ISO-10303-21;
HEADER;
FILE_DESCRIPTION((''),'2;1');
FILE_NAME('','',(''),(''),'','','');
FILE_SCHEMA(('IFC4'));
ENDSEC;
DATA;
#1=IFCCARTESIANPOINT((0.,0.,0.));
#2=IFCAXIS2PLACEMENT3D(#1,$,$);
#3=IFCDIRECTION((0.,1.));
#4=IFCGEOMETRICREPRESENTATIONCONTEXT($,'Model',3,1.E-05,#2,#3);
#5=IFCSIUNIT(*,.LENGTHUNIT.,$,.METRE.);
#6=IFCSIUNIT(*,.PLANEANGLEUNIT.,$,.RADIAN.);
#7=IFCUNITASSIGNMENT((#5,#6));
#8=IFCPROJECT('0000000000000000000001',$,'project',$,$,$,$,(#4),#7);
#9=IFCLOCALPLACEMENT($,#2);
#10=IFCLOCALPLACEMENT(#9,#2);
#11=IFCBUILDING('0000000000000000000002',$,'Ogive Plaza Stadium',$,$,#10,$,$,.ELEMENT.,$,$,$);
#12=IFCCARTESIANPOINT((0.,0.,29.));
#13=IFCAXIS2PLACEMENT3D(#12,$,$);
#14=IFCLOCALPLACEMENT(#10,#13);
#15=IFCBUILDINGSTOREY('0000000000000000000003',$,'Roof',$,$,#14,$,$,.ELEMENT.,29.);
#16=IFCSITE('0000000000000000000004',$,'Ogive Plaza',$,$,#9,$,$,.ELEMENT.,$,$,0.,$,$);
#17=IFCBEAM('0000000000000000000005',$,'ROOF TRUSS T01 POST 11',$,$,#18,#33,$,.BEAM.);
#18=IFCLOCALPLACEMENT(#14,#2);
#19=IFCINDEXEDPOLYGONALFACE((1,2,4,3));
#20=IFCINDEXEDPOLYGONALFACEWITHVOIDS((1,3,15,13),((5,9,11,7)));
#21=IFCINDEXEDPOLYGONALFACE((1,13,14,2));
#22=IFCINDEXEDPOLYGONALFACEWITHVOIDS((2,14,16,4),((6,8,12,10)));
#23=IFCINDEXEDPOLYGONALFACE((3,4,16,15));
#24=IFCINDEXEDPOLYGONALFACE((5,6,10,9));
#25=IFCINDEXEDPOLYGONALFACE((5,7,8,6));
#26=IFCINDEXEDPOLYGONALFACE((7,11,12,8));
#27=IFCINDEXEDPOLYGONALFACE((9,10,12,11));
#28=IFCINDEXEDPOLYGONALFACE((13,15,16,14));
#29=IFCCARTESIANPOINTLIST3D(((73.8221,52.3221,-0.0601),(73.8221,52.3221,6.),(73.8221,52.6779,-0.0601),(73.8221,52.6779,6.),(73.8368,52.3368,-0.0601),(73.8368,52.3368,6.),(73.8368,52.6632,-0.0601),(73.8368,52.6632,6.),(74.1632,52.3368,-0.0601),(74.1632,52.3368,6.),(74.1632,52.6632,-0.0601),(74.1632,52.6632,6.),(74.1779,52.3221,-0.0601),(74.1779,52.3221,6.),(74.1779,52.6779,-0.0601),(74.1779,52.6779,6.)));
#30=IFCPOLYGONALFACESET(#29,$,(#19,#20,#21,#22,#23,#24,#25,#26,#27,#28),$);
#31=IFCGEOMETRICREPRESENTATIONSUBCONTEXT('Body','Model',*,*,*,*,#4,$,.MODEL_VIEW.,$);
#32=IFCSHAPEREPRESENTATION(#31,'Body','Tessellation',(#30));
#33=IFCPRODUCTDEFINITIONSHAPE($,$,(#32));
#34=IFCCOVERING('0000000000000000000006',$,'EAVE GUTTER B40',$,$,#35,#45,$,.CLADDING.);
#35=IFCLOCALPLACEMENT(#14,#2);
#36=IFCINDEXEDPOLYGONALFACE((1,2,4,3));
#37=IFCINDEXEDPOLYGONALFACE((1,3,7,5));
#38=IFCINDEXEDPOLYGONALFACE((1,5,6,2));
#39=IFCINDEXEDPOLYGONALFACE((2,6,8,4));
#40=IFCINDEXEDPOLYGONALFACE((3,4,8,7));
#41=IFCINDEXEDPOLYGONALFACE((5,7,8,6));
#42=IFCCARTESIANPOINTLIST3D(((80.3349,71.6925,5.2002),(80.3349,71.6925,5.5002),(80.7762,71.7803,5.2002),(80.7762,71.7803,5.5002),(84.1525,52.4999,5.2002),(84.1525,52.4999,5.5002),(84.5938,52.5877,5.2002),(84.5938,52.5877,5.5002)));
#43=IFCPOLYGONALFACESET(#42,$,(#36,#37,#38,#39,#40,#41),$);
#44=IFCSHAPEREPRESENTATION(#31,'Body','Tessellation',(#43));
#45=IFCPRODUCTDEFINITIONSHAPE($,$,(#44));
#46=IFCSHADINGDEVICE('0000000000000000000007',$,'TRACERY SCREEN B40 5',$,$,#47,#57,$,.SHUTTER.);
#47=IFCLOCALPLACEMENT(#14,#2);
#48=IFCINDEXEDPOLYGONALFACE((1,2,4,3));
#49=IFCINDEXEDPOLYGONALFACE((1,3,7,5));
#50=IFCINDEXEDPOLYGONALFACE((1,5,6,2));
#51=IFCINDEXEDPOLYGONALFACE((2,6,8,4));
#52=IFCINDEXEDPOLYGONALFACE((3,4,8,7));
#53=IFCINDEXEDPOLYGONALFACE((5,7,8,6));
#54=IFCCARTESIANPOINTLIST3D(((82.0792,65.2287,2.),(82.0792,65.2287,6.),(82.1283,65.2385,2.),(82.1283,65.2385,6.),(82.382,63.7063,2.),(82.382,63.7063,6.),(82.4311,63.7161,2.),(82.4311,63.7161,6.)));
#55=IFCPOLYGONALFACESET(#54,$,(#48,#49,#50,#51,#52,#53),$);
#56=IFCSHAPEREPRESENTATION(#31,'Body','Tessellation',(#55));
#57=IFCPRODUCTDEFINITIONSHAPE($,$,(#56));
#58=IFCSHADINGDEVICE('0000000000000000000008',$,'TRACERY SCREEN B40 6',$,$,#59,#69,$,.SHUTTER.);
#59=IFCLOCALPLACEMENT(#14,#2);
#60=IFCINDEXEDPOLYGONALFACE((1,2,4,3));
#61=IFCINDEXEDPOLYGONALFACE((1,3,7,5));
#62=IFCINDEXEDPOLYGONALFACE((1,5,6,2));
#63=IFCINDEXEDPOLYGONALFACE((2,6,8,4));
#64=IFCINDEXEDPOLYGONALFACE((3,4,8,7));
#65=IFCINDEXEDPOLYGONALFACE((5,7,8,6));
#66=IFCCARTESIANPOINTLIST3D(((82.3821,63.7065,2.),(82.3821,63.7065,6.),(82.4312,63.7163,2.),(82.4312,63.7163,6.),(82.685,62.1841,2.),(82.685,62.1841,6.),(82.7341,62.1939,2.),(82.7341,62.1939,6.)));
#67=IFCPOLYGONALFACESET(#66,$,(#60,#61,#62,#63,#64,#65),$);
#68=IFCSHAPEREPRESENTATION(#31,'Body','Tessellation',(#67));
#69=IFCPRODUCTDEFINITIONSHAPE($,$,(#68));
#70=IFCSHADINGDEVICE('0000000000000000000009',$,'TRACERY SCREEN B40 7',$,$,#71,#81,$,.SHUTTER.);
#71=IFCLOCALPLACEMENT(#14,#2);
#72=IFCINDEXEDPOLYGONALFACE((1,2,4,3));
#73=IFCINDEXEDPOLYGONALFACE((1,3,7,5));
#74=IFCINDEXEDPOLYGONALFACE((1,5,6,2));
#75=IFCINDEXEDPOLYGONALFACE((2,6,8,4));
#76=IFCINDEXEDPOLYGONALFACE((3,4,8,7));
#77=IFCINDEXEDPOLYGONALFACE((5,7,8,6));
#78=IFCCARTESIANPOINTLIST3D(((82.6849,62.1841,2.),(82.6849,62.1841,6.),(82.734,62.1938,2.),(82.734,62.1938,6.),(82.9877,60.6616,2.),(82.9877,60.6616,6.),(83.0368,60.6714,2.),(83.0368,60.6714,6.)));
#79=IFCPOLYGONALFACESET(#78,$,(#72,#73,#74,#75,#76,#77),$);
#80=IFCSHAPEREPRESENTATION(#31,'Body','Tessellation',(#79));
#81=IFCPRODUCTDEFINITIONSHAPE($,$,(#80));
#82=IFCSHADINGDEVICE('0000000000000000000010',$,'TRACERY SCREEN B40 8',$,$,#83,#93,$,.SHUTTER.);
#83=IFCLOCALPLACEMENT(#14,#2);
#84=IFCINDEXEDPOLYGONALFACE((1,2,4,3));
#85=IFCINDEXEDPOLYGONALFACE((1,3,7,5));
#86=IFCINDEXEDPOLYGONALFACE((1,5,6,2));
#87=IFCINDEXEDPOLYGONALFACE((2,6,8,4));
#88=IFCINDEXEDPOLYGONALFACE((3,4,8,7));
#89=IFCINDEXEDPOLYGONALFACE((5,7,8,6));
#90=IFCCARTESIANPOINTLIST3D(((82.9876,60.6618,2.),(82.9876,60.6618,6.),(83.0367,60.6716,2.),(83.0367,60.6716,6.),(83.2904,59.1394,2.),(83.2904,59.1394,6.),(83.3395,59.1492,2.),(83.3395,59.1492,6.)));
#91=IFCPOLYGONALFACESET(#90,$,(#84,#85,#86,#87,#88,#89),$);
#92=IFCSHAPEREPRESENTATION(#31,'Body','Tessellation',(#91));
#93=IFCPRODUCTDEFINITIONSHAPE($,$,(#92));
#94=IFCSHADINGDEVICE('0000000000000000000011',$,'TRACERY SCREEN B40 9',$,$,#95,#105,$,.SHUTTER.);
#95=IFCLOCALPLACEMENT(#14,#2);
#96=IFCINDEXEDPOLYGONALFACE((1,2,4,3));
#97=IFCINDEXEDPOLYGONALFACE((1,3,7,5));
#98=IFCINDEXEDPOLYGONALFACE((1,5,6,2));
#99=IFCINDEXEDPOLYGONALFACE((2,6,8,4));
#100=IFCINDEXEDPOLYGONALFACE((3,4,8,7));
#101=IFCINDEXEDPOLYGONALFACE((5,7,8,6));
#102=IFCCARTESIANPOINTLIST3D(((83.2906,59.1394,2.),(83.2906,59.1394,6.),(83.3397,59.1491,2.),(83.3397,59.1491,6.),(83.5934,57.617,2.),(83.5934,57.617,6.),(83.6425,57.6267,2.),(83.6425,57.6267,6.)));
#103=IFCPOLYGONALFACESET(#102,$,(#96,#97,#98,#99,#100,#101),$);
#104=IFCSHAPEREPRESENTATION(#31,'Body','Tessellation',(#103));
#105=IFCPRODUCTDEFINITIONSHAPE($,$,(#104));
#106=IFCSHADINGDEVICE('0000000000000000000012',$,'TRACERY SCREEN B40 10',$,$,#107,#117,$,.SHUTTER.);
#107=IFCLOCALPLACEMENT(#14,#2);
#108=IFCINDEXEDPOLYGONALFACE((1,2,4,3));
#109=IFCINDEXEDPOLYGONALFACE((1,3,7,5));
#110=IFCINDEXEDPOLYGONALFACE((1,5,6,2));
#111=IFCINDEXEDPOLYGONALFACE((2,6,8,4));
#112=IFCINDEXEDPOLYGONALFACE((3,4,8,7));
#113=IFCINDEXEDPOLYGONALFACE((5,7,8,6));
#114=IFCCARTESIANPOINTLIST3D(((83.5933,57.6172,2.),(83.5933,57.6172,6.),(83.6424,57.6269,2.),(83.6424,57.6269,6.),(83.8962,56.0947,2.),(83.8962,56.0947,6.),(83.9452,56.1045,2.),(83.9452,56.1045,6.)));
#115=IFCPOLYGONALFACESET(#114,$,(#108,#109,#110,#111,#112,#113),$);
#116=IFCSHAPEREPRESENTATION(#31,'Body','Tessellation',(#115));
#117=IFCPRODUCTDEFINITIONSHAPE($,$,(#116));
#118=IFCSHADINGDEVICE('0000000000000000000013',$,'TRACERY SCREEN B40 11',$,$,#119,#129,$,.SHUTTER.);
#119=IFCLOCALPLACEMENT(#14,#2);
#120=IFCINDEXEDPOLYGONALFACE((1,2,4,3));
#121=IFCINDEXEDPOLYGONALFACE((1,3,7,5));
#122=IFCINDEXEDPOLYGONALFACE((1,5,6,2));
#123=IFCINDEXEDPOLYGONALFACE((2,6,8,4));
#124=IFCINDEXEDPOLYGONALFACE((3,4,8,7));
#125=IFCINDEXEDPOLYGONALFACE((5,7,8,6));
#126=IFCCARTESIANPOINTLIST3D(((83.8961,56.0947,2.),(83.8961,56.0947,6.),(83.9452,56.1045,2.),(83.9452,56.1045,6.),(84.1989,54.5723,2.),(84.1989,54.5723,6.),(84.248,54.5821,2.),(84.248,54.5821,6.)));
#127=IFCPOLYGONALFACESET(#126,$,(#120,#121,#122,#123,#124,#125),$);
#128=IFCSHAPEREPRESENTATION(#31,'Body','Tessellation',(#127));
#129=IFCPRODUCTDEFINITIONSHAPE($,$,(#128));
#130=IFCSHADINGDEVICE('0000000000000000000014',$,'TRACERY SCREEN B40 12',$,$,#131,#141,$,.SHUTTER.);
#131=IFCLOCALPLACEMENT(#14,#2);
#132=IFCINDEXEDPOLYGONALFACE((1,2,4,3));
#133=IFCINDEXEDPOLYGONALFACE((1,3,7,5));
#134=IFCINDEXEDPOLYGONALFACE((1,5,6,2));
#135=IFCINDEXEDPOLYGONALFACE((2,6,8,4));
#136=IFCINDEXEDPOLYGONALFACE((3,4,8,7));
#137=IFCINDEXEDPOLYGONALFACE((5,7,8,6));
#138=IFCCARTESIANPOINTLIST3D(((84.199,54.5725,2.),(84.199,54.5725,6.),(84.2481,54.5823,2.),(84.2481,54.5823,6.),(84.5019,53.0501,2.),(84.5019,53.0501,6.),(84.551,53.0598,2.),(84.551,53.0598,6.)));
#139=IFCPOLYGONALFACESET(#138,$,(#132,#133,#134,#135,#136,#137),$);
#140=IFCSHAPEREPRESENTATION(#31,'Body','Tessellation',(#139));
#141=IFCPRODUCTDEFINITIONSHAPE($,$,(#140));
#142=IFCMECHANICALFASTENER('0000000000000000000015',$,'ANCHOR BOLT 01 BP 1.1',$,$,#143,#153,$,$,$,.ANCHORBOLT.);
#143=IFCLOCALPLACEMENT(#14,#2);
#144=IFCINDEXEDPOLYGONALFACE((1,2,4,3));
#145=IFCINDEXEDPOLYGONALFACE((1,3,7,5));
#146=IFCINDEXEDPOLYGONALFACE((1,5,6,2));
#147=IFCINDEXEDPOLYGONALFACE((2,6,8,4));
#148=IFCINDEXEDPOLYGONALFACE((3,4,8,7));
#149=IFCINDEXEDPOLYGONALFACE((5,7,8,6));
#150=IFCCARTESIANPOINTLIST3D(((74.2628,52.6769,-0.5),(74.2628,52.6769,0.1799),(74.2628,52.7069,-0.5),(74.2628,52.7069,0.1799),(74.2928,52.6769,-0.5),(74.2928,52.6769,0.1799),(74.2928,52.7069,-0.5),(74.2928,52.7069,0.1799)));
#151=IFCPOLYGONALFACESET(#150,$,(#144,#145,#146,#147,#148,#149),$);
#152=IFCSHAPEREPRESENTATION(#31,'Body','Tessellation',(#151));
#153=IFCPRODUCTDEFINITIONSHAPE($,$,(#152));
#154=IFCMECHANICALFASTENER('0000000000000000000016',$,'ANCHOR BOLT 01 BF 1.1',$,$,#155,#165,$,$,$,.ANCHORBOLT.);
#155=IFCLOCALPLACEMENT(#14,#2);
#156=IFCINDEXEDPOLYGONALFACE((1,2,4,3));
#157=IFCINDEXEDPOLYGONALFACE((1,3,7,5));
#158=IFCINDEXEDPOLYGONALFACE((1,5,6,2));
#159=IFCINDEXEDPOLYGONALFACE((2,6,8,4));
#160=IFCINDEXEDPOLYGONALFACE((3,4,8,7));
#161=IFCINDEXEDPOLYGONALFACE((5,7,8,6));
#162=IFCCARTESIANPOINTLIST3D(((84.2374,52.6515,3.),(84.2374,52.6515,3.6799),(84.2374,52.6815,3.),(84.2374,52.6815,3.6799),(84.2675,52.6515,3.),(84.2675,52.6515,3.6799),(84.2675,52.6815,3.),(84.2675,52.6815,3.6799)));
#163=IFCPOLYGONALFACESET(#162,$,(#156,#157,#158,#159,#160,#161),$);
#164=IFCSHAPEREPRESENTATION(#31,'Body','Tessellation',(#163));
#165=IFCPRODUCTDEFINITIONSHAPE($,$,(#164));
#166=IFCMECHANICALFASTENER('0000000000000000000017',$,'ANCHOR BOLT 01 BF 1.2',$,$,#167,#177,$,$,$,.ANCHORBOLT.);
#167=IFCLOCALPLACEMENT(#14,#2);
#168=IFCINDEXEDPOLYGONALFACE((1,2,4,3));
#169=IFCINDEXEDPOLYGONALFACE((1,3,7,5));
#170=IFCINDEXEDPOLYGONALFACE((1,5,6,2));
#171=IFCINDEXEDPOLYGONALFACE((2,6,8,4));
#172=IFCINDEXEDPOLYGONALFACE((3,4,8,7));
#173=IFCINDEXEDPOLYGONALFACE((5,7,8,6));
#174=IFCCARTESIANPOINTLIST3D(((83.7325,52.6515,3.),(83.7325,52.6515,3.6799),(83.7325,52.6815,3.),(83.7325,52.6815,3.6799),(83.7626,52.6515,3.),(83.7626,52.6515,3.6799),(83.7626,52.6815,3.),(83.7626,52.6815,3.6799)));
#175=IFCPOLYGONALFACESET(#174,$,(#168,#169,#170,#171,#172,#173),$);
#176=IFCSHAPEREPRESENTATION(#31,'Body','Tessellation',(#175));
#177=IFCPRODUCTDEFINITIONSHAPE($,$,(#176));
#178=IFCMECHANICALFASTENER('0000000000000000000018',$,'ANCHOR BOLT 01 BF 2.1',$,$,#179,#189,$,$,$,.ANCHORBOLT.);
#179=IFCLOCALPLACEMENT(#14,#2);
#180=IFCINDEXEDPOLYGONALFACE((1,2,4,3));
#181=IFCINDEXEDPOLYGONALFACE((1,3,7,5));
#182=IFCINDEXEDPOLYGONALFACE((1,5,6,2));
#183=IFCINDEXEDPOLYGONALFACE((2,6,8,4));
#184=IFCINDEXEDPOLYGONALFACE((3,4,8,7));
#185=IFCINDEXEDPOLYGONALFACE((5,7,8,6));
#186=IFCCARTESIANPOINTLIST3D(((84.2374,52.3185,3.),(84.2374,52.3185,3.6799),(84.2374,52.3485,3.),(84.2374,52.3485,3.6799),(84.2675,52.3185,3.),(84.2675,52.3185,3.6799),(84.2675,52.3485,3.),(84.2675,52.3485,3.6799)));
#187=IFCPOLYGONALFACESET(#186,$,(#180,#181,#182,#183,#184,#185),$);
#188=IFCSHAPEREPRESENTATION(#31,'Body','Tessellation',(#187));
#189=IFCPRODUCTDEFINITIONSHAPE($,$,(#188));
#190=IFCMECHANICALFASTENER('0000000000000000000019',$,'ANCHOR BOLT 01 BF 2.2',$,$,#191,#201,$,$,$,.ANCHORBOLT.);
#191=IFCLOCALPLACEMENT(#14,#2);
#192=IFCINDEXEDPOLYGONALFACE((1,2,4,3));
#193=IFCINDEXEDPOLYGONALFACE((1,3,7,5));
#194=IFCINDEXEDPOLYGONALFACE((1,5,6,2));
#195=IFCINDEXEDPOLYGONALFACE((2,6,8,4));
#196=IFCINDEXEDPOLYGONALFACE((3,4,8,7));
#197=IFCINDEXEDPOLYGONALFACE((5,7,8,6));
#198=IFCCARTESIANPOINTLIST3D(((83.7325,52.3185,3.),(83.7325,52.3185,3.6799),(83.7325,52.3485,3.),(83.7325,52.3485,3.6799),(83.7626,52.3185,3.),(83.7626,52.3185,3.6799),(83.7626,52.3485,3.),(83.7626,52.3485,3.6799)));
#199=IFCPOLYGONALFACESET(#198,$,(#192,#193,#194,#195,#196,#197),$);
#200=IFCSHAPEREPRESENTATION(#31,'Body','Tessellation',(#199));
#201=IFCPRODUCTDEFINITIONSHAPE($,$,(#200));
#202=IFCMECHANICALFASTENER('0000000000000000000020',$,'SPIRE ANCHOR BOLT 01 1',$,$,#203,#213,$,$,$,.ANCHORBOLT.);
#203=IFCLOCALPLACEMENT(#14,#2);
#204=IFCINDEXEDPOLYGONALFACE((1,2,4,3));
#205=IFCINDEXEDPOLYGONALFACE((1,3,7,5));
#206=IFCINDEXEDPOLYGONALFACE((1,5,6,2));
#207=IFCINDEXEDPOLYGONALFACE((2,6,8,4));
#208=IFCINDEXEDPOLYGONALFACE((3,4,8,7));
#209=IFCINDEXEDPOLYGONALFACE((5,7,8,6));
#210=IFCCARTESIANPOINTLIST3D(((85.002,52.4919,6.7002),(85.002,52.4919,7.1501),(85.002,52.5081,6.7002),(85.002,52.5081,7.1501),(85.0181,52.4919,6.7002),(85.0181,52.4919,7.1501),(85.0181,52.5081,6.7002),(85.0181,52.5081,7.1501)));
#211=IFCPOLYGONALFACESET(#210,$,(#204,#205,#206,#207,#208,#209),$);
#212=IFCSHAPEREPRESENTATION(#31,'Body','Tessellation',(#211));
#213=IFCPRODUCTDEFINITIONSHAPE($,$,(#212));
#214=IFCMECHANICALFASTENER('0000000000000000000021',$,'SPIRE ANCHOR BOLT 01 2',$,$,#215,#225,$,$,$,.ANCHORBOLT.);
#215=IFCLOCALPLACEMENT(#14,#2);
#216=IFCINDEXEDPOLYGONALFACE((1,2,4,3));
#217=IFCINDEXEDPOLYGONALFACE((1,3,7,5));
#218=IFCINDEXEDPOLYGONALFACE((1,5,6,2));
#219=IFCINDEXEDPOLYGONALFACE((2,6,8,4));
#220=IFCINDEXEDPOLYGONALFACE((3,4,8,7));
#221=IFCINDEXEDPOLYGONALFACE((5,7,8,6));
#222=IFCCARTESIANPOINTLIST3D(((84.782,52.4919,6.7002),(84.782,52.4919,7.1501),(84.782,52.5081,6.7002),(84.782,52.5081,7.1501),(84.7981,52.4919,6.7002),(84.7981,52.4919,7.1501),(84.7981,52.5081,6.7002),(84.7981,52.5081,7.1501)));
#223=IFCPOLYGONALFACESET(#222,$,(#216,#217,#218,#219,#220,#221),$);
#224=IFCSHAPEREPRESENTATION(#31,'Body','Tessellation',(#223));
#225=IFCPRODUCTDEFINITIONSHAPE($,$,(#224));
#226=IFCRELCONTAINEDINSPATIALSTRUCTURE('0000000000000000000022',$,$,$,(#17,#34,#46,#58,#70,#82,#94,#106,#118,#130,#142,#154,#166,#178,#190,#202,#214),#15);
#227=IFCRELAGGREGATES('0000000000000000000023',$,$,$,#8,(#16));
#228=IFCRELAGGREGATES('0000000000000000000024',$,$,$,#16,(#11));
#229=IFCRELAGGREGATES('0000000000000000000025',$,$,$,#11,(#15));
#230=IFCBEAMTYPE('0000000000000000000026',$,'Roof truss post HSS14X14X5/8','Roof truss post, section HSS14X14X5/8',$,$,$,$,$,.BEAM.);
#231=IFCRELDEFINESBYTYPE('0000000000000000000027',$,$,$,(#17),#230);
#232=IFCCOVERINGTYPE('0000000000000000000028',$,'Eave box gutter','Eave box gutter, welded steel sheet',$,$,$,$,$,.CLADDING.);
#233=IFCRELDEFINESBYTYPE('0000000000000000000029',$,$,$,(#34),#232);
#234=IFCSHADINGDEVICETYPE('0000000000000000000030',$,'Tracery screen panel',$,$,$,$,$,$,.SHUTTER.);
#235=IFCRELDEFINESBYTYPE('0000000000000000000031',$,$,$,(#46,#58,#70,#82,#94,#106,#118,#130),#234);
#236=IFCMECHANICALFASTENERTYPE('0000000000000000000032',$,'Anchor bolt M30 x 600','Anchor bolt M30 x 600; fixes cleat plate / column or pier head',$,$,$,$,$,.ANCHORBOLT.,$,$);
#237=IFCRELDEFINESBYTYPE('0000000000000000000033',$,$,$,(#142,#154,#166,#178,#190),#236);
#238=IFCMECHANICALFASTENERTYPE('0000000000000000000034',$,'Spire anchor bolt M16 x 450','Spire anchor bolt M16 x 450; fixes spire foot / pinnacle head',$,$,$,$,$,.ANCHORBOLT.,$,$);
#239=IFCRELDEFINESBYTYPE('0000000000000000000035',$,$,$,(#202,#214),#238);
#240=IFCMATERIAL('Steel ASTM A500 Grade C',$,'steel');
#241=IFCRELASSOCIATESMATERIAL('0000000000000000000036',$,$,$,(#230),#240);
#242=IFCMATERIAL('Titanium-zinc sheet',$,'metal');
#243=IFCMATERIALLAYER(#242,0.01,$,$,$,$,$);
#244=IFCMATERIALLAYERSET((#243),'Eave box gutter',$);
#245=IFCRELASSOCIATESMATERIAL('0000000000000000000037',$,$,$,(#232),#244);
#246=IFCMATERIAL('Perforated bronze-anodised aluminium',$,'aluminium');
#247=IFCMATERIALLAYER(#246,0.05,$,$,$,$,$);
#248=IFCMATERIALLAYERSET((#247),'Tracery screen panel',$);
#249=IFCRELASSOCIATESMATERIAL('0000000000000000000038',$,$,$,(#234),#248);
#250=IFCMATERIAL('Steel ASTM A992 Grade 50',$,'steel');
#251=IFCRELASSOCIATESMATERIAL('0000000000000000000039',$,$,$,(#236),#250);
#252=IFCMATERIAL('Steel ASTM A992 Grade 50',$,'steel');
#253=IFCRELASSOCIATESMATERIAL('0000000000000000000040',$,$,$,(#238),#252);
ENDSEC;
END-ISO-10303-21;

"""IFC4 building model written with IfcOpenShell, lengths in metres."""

from ifc_helpers import new_model, si_unit, direction, frame, origin, origin_2d, place, context, subcontext, project, spatial, rectangle, hollow_rectangle, extrude, material, layer, layer_set, material_profile, profile_set, type_object, element, save


model = new_model("IFC4")

# Units and contexts
model_context = context("Model", 3, precision=1e-05, world=origin(), true_north=direction((0.0, 1.0)))
body_context = subcontext(model_context, "Body", "Model", "MODEL_VIEW")
ifc_project = project(units=[si_unit("LENGTHUNIT", "METRE"), si_unit("PLANEANGLEUNIT", "RADIAN")], contexts=[model_context])

# Site, building, storey
site_placement = place(None, origin())
site = spatial("IfcSite", under=ifc_project, at=site_placement, Name="Ogive Plaza", CompositionType="ELEMENT", RefElevation=0.0)
building_placement = place(site_placement, origin())
building = spatial("IfcBuilding", under=site, at=building_placement, Name="Ogive Plaza Stadium", CompositionType="ELEMENT")
storey_placement = place(building_placement, frame((0.0, 0.0, 29.0)))
storey = spatial("IfcBuildingStorey", under=building, at=storey_placement, Name="Roof", CompositionType="ELEMENT", Elevation=29.0)

# Beam
ifc_material_1 = material(Name="Steel ASTM A500 Grade C", Category="steel")
ifc_material_profile_1 = material_profile(ifc_material_1, hollow_rectangle(XDim=0.3557, YDim=0.3557, WallThickness=0.0146, at=origin_2d()), Name="HSS14X14X5/8")
ifc_profile_set_1 = profile_set([ifc_material_profile_1], Name="Steel ASTM A500 Grade C")
beam_type_1 = type_object("IfcBeamType", Name="Roof truss post HSS14X14X5/8", Description="Roof truss post, section HSS14X14X5/8", PredefinedType="BEAM", material=ifc_profile_set_1)
beam_1_placement = place(storey_placement, frame((74.0, 52.5, -0.0601), z_axis=(0.0, 0.0, 1.0), x_axis=(0.0, 1.0, 0.0)))
element("IfcBeam", 1, at=beam_1_placement, inside=storey, type_object=beam_type_1, Name="ROOF TRUSS T01 POST 11", PredefinedType="BEAM", context=body_context, shape_type="SweptSolid", body=[
    extrude(hollow_rectangle(XDim=0.3557, YDim=0.3557, WallThickness=0.0146, at=origin_2d()), origin(), (0.0, 0.0, 1.0), 6.0601),
])

# Covering
ifc_material_2 = material(Name="Titanium-zinc sheet", Category="metal")
ifc_layer_1 = layer(ifc_material_2, 0.01)
ifc_layer_set_1 = layer_set([ifc_layer_1], Name="Eave box gutter")
covering_type = type_object("IfcCoveringType", Name="Eave box gutter", Description="Eave box gutter, welded steel sheet", PredefinedType="CLADDING", material=ifc_layer_set_1)
covering_placement = place(storey_placement, frame((82.4644, 62.1401, 5.2002), z_axis=(0.0, 0.0, 1.0), x_axis=(0.19509, -0.980785, 0.0)))
element("IfcCovering", 2, at=covering_placement, inside=storey, type_object=covering_type, Name="EAVE GUTTER B40", PredefinedType="CLADDING", context=body_context, shape_type="SweptSolid", body=[
    extrude(rectangle(XDim=19.5686, YDim=0.45, at=origin_2d()), origin(), (0.0, 0.0, 1.0), 0.3),
])

# Shading devices
ifc_material_3 = material(Name="Perforated bronze-anodised aluminium", Category="aluminium")
ifc_layer_2 = layer(ifc_material_3, 0.05)
ifc_layer_set_2 = layer_set([ifc_layer_2], Name="Tracery screen panel")
shading_device_type = type_object("IfcShadingDeviceType", Name="Tracery screen panel", PredefinedType="SHUTTER", material=ifc_layer_set_2)
for number, where, z_axis, x_axis, name in (
    (3, (82.2551, 64.4724, 2.0), (0.0, 0.0, 1.0), (0.19509, -0.980785, 0.0), "TRACERY SCREEN B40 5"),
    (4, (82.5581, 62.9502, 2.0), (0.0, 0.0, 1.0), (0.19509, -0.980785, 0.0), "TRACERY SCREEN B40 6"),
    (5, (82.8608, 61.4277, 2.0), (0.0, 0.0, 1.0), (0.19509, -0.980785, 0.0), "TRACERY SCREEN B40 7"),
    (6, (83.1636, 59.9055, 2.0), (0.0, 0.0, 1.0), (0.19509, -0.980785, 0.0), "TRACERY SCREEN B40 8"),
    (7, (83.4666, 58.3831, 2.0), (0.0, 0.0, 1.0), (0.19509, -0.980785, 0.0), "TRACERY SCREEN B40 9"),
    (8, (83.7693, 56.8608, 2.0), (0.0, 0.0, 1.0), (0.19509, -0.980785, 0.0), "TRACERY SCREEN B40 10"),
    (9, (84.072, 55.3384, 2.0), (0.0, 0.0, 1.0), (0.19509, -0.980785, 0.0), "TRACERY SCREEN B40 11"),
    (10, (84.375, 53.8162, 2.0), (0.0, 0.0, 1.0), (0.19509, -0.980785, 0.0), "TRACERY SCREEN B40 12"),
):
    element("IfcShadingDevice", number, at=place(storey_placement, frame(where, z_axis=z_axis, x_axis=x_axis)), inside=storey, type_object=shading_device_type, Name=name, PredefinedType="SHUTTER", context=body_context, shape_type="SweptSolid", body=[
        extrude(rectangle(XDim=1.5522, YDim=0.05, at=origin_2d()), origin(), (0.0, 0.0, 1.0), 4.0),
    ])

# Mechanical fasteners
ifc_material_4 = material(Name="Steel ASTM A992 Grade 50", Category="steel")
mechanical_fastener_type_1 = type_object("IfcMechanicalFastenerType", Name="Anchor bolt M30 x 600", Description="Anchor bolt M30 x 600; fixes cleat plate / column or pier head", PredefinedType="ANCHORBOLT", material=ifc_material_4)
for number, where, z_axis, x_axis, name in (
    (11, (74.2778, 52.6919, -0.5), (0.0, 0.0, 1.0), (1.0, 0.0, 0.0), "ANCHOR BOLT 01 BP 1.1"),
    (12, (84.2524, 52.6665, 3.0), (0.0, 0.0, 1.0), (1.0, 0.0, 0.0), "ANCHOR BOLT 01 BF 1.1"),
    (13, (83.7476, 52.6665, 3.0), (0.0, 0.0, 1.0), (1.0, 0.0, 0.0), "ANCHOR BOLT 01 BF 1.2"),
    (14, (84.2524, 52.3335, 3.0), (0.0, 0.0, 1.0), (1.0, 0.0, 0.0), "ANCHOR BOLT 01 BF 2.1"),
    (15, (83.7476, 52.3335, 3.0), (0.0, 0.0, 1.0), (1.0, 0.0, 0.0), "ANCHOR BOLT 01 BF 2.2"),
):
    element("IfcMechanicalFastener", number, at=place(storey_placement, frame(where, z_axis=z_axis, x_axis=x_axis)), inside=storey, type_object=mechanical_fastener_type_1, Name=name, PredefinedType="ANCHORBOLT", context=body_context, shape_type="SweptSolid", body=[
        extrude(rectangle(XDim=0.03, YDim=0.03, at=origin_2d()), origin(), (0.0, 0.0, 1.0), 0.6799),
    ])
ifc_material_5 = material(Name="Steel ASTM A992 Grade 50", Category="steel")
mechanical_fastener_type_2 = type_object("IfcMechanicalFastenerType", Name="Spire anchor bolt M16 x 450", Description="Spire anchor bolt M16 x 450; fixes spire foot / pinnacle head", PredefinedType="ANCHORBOLT", material=ifc_material_5)
for number, where, z_axis, x_axis, name in (
    (16, (85.01, 52.5, 6.7002), (0.0, 0.0, 1.0), (1.0, 0.0, 0.0), "SPIRE ANCHOR BOLT 01 1"),
    (17, (84.79, 52.5, 6.7002), (0.0, 0.0, 1.0), (1.0, 0.0, 0.0), "SPIRE ANCHOR BOLT 01 2"),
):
    element("IfcMechanicalFastener", number, at=place(storey_placement, frame(where, z_axis=z_axis, x_axis=x_axis)), inside=storey, type_object=mechanical_fastener_type_2, Name=name, PredefinedType="ANCHORBOLT", context=body_context, shape_type="SweptSolid", body=[
        extrude(rectangle(XDim=0.0161, YDim=0.0161, at=origin_2d()), origin(), (0.0, 0.0, 1.0), 0.45),
    ])

save(model, "model.ifc")
